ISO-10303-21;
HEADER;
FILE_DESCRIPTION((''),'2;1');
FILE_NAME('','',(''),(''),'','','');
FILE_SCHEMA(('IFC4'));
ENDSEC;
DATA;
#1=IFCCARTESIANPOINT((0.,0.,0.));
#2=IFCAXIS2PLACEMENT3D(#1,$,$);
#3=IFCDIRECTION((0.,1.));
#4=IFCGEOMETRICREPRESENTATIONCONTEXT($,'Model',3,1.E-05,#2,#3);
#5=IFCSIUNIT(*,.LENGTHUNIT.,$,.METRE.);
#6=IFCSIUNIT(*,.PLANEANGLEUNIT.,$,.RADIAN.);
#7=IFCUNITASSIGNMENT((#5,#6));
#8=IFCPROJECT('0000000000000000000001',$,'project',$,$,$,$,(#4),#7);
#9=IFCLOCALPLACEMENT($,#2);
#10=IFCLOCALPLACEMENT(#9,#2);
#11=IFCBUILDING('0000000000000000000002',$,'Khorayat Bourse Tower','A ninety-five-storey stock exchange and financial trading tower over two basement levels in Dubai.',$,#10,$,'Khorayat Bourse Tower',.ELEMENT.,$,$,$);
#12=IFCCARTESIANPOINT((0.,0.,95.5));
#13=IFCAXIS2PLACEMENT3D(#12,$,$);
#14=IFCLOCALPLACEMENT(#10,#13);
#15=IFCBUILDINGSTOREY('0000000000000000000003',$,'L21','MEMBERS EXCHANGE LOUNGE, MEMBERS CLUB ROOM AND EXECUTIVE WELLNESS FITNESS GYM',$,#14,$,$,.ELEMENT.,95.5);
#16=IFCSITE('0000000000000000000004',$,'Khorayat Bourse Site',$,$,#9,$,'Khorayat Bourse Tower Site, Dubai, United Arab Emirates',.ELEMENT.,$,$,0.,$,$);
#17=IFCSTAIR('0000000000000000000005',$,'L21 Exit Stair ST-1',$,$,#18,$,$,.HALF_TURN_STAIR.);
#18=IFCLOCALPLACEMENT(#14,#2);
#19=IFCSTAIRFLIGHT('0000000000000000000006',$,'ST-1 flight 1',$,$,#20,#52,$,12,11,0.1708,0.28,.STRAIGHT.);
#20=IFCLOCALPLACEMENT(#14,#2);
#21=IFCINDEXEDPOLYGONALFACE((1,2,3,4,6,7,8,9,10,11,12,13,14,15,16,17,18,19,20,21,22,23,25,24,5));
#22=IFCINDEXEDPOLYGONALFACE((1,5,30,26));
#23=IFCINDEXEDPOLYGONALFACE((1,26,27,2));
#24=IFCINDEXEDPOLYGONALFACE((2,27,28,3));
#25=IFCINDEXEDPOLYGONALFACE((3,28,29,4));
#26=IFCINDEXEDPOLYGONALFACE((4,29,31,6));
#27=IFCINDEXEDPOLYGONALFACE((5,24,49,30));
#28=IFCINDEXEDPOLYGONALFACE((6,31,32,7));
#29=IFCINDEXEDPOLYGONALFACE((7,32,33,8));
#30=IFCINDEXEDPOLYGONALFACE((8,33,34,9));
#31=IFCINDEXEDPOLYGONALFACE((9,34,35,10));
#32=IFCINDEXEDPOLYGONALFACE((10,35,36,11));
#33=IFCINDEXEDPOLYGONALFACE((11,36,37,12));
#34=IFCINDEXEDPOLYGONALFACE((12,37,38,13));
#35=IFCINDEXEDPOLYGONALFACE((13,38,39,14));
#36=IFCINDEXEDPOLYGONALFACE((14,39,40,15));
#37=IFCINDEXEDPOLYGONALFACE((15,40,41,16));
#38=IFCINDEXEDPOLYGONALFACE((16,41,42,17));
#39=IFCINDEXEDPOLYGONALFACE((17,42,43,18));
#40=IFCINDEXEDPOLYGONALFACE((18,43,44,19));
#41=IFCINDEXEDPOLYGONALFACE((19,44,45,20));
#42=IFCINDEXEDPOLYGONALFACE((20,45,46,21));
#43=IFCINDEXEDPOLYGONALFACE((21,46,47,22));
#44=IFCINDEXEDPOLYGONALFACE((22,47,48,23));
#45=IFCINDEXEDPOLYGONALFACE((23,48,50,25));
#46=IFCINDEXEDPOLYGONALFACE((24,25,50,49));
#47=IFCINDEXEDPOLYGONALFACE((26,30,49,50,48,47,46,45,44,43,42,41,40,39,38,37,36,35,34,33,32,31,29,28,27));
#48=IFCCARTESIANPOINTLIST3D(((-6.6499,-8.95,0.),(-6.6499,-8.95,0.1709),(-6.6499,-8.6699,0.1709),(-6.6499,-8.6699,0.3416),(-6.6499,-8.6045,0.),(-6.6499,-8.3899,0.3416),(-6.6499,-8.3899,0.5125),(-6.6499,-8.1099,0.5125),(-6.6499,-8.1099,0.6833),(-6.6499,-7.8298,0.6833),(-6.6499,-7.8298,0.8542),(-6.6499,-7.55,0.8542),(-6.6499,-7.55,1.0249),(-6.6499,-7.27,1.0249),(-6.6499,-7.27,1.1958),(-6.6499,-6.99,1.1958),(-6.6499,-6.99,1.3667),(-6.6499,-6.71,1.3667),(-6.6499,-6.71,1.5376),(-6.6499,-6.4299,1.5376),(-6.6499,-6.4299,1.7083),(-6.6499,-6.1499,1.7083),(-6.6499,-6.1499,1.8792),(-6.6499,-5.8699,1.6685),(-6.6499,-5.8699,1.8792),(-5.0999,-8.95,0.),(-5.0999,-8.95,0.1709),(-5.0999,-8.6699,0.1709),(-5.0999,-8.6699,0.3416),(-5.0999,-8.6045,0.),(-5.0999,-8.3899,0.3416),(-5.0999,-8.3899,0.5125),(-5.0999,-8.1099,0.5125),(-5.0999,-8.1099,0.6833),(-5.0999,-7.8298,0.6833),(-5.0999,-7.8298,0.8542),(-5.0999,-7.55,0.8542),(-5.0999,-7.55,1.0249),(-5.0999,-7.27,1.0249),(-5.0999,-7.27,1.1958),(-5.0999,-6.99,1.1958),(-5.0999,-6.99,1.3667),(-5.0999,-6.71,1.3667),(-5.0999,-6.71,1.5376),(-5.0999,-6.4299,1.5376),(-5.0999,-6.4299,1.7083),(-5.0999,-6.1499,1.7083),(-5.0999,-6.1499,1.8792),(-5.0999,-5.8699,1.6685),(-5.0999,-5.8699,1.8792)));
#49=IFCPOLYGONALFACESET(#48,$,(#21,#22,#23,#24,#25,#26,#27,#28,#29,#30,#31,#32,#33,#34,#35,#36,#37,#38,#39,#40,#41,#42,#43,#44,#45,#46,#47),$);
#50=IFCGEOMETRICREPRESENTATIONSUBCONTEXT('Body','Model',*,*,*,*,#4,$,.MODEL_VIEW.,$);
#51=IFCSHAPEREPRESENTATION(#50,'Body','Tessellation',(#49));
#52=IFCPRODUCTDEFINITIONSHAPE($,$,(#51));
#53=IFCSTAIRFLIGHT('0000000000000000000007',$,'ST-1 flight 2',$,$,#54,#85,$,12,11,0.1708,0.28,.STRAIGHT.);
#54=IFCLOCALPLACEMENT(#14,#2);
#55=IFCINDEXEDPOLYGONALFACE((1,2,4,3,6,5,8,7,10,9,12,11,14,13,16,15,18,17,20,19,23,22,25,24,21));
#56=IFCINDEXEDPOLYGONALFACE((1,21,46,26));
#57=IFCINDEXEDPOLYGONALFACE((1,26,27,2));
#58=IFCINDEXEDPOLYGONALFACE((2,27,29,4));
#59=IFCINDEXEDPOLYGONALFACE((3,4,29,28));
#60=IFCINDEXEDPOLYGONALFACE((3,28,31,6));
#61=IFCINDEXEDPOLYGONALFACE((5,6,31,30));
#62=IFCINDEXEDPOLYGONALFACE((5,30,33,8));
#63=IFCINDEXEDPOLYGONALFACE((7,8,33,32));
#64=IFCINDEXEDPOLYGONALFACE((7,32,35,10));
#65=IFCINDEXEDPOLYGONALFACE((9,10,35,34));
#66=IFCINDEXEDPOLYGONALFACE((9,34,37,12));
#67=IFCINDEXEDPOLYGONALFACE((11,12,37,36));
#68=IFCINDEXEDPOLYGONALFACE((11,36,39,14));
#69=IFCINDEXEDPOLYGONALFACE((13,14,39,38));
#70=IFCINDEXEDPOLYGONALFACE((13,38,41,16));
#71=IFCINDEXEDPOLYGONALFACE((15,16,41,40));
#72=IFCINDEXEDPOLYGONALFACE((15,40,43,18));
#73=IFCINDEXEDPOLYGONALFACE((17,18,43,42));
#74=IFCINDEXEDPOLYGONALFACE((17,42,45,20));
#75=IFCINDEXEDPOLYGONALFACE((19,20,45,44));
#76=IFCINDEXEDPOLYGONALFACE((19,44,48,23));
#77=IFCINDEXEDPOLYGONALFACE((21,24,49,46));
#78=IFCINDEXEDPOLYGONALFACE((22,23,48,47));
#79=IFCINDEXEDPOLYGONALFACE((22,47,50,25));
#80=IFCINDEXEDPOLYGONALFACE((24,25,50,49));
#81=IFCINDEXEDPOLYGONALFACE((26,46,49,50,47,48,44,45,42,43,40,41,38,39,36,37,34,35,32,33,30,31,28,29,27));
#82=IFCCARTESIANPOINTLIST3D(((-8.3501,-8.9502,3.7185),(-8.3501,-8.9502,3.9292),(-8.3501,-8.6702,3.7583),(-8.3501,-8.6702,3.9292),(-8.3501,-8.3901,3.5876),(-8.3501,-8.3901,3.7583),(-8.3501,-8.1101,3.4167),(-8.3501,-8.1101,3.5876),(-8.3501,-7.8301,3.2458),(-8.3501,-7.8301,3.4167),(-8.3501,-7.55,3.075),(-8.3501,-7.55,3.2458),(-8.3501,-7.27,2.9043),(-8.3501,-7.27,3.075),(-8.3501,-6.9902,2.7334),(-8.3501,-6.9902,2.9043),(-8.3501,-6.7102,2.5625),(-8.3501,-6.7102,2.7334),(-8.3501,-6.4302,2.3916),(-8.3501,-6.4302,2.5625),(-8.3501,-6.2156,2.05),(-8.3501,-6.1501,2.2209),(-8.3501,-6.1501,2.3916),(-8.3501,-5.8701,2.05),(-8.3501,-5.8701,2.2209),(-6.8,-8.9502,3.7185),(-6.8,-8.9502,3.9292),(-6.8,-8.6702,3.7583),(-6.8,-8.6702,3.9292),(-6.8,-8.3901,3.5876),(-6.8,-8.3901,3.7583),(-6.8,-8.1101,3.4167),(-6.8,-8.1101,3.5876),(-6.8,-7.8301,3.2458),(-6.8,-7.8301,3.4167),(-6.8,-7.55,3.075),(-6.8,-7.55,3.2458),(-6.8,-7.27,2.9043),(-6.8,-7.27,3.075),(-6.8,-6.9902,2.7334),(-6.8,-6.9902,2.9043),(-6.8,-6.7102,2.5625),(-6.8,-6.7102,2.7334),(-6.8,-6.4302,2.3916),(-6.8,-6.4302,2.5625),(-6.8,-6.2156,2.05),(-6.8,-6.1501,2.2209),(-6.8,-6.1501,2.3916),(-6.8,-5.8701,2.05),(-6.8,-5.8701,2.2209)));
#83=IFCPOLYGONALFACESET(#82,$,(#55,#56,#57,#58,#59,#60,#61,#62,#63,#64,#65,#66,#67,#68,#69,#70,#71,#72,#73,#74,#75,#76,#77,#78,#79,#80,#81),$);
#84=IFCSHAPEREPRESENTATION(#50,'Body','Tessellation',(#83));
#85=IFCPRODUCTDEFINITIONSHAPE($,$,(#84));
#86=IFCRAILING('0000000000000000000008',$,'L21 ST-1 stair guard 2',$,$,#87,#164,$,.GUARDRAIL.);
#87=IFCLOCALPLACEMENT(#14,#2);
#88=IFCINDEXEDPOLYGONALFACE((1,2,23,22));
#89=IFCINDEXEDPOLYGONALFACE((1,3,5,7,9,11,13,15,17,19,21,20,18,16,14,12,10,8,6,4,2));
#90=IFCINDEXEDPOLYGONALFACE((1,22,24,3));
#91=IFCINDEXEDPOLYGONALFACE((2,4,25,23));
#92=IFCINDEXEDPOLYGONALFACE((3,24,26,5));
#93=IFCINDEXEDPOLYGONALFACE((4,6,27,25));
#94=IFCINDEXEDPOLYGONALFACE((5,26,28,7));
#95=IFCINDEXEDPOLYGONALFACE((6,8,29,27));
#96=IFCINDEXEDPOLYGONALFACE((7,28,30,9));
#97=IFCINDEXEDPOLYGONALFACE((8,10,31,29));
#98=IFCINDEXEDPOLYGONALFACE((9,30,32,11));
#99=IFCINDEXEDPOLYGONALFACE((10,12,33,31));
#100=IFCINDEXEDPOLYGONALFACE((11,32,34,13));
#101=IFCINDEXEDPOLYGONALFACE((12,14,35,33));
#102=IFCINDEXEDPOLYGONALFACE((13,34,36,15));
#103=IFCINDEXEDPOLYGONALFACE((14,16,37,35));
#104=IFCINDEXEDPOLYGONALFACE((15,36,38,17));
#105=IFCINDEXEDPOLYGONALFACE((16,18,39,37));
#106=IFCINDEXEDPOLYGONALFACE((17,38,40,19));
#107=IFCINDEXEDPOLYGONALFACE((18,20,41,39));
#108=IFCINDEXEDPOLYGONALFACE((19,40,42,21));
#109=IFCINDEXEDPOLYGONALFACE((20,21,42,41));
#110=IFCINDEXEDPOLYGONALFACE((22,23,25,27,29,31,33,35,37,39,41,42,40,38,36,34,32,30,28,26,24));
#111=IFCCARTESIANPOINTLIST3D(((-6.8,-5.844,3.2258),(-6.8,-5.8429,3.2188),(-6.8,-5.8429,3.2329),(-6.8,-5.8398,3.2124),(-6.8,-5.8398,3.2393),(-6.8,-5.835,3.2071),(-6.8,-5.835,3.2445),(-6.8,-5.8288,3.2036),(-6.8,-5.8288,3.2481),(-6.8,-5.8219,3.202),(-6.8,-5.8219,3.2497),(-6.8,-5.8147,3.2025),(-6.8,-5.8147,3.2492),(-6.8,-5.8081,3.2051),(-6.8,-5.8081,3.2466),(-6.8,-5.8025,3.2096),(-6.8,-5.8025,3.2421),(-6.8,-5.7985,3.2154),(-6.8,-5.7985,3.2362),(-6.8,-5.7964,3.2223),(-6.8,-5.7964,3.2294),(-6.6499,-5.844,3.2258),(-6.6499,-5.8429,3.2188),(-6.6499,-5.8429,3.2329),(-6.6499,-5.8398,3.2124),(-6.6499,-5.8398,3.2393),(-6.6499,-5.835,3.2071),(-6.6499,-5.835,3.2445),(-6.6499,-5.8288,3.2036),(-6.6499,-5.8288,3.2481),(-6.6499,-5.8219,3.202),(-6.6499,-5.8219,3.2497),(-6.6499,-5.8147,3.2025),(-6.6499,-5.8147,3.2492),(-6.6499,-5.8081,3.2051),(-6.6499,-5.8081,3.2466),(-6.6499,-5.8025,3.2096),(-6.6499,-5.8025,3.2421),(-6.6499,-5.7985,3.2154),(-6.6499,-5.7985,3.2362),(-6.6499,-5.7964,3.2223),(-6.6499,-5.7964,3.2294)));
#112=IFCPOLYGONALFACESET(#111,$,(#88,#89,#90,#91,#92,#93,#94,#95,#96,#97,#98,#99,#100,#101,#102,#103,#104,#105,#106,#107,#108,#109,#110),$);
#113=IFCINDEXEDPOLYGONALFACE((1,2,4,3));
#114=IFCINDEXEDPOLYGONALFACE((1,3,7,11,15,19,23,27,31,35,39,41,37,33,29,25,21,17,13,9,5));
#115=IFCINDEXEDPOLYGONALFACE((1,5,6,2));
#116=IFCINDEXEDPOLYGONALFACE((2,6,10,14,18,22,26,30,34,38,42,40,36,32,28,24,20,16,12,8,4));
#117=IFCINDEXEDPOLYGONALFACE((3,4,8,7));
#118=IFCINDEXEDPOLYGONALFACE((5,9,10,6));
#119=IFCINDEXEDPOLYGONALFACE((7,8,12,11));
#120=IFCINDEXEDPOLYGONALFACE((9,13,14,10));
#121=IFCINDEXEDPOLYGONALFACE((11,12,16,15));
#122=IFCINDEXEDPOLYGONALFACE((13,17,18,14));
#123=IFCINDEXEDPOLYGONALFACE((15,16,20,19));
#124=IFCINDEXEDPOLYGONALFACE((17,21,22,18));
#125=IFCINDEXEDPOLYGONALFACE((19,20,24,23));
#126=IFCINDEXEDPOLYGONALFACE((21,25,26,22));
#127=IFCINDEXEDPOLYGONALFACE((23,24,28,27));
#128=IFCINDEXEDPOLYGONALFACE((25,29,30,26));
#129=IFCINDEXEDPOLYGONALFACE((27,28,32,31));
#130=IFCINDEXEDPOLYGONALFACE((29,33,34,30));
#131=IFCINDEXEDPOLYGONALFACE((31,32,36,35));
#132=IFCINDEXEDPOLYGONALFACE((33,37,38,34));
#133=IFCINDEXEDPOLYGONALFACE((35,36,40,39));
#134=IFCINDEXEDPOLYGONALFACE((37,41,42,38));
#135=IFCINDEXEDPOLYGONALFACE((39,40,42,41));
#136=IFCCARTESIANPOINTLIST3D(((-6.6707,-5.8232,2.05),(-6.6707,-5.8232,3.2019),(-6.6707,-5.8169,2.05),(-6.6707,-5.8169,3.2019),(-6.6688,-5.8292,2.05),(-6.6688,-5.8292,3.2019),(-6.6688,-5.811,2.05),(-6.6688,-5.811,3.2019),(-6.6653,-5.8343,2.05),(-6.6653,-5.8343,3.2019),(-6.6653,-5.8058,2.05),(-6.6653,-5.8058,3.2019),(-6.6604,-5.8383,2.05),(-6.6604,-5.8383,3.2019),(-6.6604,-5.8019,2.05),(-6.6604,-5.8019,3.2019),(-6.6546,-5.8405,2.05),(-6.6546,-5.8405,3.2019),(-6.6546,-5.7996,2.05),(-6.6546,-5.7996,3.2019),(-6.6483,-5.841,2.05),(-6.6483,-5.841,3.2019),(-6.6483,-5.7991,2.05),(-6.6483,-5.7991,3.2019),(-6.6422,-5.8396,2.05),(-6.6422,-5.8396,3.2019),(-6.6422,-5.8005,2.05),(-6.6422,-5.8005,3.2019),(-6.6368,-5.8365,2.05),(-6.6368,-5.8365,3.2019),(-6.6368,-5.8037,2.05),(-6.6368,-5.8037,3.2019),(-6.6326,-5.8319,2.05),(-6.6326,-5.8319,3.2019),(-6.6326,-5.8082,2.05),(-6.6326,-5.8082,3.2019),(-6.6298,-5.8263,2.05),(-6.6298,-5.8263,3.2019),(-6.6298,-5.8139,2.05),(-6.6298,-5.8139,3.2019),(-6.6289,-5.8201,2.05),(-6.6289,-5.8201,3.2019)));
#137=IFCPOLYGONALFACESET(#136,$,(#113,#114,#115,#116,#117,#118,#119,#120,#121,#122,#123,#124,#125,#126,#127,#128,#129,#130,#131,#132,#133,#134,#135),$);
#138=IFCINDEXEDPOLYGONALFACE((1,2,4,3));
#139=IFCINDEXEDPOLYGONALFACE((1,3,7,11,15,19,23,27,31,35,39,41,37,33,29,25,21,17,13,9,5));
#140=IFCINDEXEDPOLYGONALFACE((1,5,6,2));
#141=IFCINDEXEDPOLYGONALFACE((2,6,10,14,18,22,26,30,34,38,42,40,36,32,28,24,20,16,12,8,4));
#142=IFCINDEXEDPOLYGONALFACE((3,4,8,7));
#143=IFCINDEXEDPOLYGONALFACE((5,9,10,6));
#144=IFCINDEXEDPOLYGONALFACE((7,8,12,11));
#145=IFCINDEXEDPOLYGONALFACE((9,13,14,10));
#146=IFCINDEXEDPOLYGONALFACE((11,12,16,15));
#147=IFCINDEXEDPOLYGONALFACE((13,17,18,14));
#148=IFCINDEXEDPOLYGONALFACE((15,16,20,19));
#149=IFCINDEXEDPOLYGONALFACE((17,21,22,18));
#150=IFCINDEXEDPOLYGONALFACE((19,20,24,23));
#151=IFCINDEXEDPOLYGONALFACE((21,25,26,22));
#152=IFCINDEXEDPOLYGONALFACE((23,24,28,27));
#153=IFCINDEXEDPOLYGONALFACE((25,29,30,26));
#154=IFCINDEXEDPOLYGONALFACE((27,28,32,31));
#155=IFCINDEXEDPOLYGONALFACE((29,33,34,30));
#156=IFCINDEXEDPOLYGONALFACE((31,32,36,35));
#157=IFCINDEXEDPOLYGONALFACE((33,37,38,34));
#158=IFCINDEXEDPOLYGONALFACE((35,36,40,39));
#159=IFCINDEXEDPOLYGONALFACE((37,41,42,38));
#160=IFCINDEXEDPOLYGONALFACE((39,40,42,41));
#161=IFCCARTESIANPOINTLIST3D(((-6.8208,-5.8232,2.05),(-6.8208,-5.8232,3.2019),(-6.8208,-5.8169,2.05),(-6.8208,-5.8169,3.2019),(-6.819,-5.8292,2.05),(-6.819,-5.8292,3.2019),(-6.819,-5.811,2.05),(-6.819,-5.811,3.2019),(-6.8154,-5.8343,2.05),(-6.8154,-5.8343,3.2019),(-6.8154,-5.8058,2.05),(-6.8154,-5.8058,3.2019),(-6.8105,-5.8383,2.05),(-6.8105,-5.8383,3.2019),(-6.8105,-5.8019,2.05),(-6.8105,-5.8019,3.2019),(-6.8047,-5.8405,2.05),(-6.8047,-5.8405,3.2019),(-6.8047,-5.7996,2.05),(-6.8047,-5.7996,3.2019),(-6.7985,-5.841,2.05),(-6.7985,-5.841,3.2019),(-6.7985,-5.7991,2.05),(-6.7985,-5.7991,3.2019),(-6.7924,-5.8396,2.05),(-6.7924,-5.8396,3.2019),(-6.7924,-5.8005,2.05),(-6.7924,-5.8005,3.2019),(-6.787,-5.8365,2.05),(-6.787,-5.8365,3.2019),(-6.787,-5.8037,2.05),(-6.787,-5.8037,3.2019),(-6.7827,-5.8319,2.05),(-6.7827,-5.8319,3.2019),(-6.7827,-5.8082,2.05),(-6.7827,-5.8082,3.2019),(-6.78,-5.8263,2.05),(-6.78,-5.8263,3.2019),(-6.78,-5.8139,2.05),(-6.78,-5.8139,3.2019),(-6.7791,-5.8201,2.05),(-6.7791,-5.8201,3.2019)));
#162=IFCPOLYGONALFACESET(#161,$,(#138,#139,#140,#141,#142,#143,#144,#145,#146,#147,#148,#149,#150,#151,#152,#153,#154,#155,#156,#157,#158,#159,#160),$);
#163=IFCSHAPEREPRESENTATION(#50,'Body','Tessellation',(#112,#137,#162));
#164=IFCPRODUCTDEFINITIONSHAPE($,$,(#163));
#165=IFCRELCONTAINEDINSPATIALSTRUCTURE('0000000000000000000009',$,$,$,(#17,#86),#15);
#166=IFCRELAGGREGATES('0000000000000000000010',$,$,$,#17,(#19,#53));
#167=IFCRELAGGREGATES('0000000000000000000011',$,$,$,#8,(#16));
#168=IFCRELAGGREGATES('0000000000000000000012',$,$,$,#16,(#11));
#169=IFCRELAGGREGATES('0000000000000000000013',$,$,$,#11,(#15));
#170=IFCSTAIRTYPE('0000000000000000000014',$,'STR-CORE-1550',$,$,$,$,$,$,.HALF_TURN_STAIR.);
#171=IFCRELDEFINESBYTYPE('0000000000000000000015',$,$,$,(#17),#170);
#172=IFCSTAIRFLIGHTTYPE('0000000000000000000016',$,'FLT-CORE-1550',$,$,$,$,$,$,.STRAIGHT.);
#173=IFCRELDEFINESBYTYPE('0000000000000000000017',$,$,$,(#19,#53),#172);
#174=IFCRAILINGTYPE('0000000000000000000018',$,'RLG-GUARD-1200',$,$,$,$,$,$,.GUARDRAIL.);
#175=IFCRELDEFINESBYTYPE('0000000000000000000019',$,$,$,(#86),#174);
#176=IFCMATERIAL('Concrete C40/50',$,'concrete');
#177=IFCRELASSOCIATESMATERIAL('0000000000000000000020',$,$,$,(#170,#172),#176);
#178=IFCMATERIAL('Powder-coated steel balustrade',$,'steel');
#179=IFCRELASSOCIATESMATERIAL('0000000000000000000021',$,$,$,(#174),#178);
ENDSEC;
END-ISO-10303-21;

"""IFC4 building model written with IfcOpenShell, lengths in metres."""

from ifc_helpers import new_model, si_unit, direction, frame, origin, origin_2d, place, context, subcontext, project, spatial, polyline, circle, outline, extrude, source, transform, mapped, material, type_object, element, aggregate, save


model = new_model("IFC4")

# Units and contexts
model_context = context("Model", 3, precision=1e-05, world=origin(), true_north=direction((0.0, 1.0)))
body_context = subcontext(model_context, "Body", "Model", "MODEL_VIEW")
ifc_project = project(units=[si_unit("LENGTHUNIT", "METRE"), si_unit("PLANEANGLEUNIT", "RADIAN")], contexts=[model_context])

# Site, building, storey
site_placement = place(None, origin())
site = spatial("IfcSite", under=ifc_project, at=site_placement, Name="Khorayat Bourse Site", LongName="Khorayat Bourse Tower Site, Dubai, United Arab Emirates", CompositionType="ELEMENT", RefElevation=0.0)
building_placement = place(site_placement, origin())
building = spatial("IfcBuilding", under=site, at=building_placement, Name="Khorayat Bourse Tower", Description="A ninety-five-storey stock exchange and financial trading tower over two basement levels in Dubai.", LongName="Khorayat Bourse Tower", CompositionType="ELEMENT")
storey_placement = place(building_placement, frame((0.0, 0.0, 95.5)))
storey = spatial("IfcBuildingStorey", under=building, at=storey_placement, Name="L21", Description="MEMBERS EXCHANGE LOUNGE, MEMBERS CLUB ROOM AND EXECUTIVE WELLNESS FITNESS GYM", CompositionType="ELEMENT", Elevation=95.5)

# Stair, stair flights
ifc_material_1 = material(Name="Concrete C40/50", Category="concrete")
stair_type = type_object("IfcStairType", Name="STR-CORE-1550", PredefinedType="HALF_TURN_STAIR", material=ifc_material_1)
stair_placement = place(storey_placement, origin())
stair = element("IfcStair", 1, at=stair_placement, inside=storey, type_object=stair_type, Name="L21 Exit Stair ST-1", PredefinedType="HALF_TURN_STAIR")
stair_flight_type = type_object("IfcStairFlightType", Name="FLT-CORE-1550", PredefinedType="STRAIGHT", material=ifc_material_1)
shared_shape_1 = source(origin(), body_context, "Body", "SweptSolid", [
    extrude(outline(polyline([(0.0, 0.0), (0.0, 0.1709), (0.28, 0.1709), (0.28, 0.3416), (0.5601, 0.3416), (0.5601, 0.5125), (0.8401, 0.5125), (0.8401, 0.6833), (1.1201, 0.6833), (1.1201, 0.8542), (1.3999, 0.8542), (1.3999, 1.0249), (1.6799, 1.0249), (1.6799, 1.1958), (1.96, 1.1958), (1.96, 1.3667), (2.24, 1.3667), (2.24, 1.5376), (2.52, 1.5376), (2.52, 1.7083), (2.8, 1.7083), (2.8, 1.8792), (3.0801, 1.8792), (3.0801, 2.05), (3.0801, 1.6685), (0.3455, 0.0), (0.0, 0.0)])), frame((0.0, 0.7749, 0.0), z_axis=(0.0, -1.0, 0.0), x_axis=(1.0, 0.0, 0.0)), (0.0, 0.0, 1.0), 1.55),
])
stair_flight_1_placement = place(storey_placement, frame((-5.875, -8.95, 0.0), z_axis=(0.0, 0.0, 1.0), x_axis=(0.0, 1.0, 0.0)))
stair_flight_1 = element("IfcStairFlight", 2, at=stair_flight_1_placement, type_object=stair_flight_type, Name="ST-1 flight 1", NumberOfRisers=12, NumberOfTreads=11, PredefinedType="STRAIGHT", RiserHeight=0.1708, TreadLength=0.28, context=body_context, shape_type="MappedRepresentation", body=[
    mapped(shared_shape_1, transform((0.0, 0.0, 0.0), scale=1.0)),
])
stair_flight_2_placement = place(storey_placement, frame((-7.575, -5.8701, 2.05), z_axis=(0.0, 0.0, 1.0), x_axis=(0.0, -1.0, 0.0)))
stair_flight_2 = element("IfcStairFlight", 3, at=stair_flight_2_placement, type_object=stair_flight_type, Name="ST-1 flight 2", NumberOfRisers=12, NumberOfTreads=11, PredefinedType="STRAIGHT", RiserHeight=0.1708, TreadLength=0.28, context=body_context, shape_type="MappedRepresentation", body=[
    mapped(shared_shape_1, transform((0.0, 0.0, 0.0), scale=1.0)),
])
aggregate(stair, [stair_flight_1, stair_flight_2])

# Railing
ifc_material_2 = material(Name="Powder-coated steel balustrade", Category="steel")
railing_type_1 = type_object("IfcRailingType", Name="RLG-GUARD-1200", PredefinedType="GUARDRAIL", material=ifc_material_2)
shared_shape_2 = source(origin(), body_context, "Body", "SweptSolid", [
    extrude(circle(Radius=0.0239, at=origin_2d()), frame((0.0, 0.0, 1.1758), z_axis=(-1.0, 0.0, 0.0), x_axis=(0.0, -1.0, 0.0)), (0.0, 0.0, 1.0), 0.1501),
    extrude(circle(Radius=0.021, at=origin_2d()), origin(), (0.0, 0.0, 1.0), 1.1519),
    extrude(circle(Radius=0.021, at=origin_2d()), frame((-0.1501, 0.0, 0.0)), (0.0, 0.0, 1.0), 1.1519),
])
for number, where, name in (
    (4, (-6.6499, -5.8201, 2.05), "L21 ST-1 stair guard 2"),
):
    element("IfcRailing", number, at=place(storey_placement, frame(where)), inside=storey, type_object=railing_type_1, Name=name, PredefinedType="GUARDRAIL", context=body_context, shape_type="MappedRepresentation", body=[
        mapped(shared_shape_2, transform((0.0, 0.0, 0.0), scale=1.0)),
    ])

save(model, "model.ifc")
